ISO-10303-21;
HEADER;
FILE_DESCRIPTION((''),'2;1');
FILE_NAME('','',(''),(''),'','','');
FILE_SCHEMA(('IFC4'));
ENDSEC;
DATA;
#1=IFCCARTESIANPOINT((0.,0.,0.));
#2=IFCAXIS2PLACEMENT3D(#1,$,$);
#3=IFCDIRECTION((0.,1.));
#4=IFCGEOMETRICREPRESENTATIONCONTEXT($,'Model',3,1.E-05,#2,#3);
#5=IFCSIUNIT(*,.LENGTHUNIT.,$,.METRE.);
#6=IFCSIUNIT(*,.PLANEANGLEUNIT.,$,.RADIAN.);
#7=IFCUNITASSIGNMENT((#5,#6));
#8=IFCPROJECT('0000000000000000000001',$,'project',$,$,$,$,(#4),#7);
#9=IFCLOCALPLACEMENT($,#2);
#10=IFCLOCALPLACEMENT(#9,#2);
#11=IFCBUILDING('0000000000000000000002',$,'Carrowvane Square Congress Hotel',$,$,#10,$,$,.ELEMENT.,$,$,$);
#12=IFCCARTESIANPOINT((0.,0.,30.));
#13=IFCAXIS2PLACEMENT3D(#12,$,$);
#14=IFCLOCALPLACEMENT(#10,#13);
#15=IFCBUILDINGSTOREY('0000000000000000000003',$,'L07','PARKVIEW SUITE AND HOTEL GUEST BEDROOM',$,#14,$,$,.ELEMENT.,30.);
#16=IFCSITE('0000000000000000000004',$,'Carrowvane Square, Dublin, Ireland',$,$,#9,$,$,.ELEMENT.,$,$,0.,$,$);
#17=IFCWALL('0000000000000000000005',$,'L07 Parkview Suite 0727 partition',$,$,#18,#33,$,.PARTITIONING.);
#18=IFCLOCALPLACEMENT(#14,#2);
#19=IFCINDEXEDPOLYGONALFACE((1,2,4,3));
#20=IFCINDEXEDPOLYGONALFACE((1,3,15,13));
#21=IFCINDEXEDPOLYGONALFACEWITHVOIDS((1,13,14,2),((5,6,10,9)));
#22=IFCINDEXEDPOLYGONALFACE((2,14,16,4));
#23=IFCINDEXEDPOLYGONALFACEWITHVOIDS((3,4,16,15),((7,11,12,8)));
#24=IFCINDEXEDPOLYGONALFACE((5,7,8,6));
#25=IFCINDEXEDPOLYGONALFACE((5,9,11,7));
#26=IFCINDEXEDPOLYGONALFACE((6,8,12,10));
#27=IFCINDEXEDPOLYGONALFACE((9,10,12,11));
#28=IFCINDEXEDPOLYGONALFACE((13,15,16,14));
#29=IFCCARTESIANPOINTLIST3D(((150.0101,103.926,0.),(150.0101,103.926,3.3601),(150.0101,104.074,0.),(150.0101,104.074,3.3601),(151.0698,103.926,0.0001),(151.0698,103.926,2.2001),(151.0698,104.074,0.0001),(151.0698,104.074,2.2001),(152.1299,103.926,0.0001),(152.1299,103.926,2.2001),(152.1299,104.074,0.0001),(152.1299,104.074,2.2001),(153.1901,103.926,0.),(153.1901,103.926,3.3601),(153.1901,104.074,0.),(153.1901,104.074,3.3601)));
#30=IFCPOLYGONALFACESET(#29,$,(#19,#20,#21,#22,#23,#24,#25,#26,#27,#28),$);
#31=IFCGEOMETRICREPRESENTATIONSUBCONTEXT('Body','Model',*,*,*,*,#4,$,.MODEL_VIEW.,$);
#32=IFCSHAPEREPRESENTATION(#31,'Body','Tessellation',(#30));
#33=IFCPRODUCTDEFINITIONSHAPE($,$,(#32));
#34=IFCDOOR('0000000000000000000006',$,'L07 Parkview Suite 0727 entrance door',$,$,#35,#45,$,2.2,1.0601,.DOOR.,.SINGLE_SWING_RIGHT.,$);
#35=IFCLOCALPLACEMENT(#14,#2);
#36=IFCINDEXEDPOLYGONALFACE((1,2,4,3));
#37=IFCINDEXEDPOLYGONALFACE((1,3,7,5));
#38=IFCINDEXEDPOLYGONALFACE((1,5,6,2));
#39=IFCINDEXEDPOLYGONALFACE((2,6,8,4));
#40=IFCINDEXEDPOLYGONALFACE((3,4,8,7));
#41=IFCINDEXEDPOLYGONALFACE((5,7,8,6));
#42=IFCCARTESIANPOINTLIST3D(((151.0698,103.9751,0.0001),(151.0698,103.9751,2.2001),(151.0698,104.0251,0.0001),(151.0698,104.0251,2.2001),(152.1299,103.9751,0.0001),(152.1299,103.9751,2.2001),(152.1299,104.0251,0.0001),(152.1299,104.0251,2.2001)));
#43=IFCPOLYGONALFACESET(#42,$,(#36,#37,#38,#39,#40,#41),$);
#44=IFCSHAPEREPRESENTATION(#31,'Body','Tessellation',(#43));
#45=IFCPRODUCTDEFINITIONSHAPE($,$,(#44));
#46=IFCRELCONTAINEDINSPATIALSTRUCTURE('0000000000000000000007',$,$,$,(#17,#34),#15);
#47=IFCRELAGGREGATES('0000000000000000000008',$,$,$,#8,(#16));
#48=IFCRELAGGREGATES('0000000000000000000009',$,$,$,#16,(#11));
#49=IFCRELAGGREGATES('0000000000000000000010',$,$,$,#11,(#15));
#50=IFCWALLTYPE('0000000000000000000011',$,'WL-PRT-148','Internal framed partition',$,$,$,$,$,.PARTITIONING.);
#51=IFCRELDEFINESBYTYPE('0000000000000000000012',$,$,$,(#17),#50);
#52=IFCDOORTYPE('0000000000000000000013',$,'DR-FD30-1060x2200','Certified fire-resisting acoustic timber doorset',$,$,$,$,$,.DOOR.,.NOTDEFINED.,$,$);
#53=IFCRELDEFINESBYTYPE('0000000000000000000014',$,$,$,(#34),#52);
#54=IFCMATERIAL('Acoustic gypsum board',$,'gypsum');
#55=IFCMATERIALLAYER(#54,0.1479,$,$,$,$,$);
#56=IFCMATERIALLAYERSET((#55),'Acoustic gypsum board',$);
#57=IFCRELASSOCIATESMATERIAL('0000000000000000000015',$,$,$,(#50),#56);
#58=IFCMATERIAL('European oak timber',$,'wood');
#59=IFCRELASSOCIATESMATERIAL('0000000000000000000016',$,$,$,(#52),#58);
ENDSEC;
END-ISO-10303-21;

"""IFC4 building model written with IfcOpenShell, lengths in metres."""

from ifc_helpers import new_model, si_unit, direction, frame, frame_2d, origin, place, context, subcontext, project, spatial, rectangle, extrude, material, layer, layer_set, type_object, element, fill, save


model = new_model("IFC4")

# Units and contexts
model_context = context("Model", 3, precision=1e-05, world=origin(), true_north=direction((0.0, 1.0)))
body_context = subcontext(model_context, "Body", "Model", "MODEL_VIEW")
ifc_project = project(units=[si_unit("LENGTHUNIT", "METRE"), si_unit("PLANEANGLEUNIT", "RADIAN")], contexts=[model_context])

# Site, building, storey
site_placement = place(None, origin())
site = spatial("IfcSite", under=ifc_project, at=site_placement, Name="Carrowvane Square, Dublin, Ireland", CompositionType="ELEMENT", RefElevation=0.0)
building_placement = place(site_placement, origin())
building = spatial("IfcBuilding", under=site, at=building_placement, Name="Carrowvane Square Congress Hotel", CompositionType="ELEMENT")
storey_placement = place(building_placement, frame((0.0, 0.0, 30.0)))
storey = spatial("IfcBuildingStorey", under=building, at=storey_placement, Name="L07", Description="PARKVIEW SUITE AND HOTEL GUEST BEDROOM", CompositionType="ELEMENT", Elevation=30.0)

# Wall, opening, door
ifc_material_1 = material(Name="Acoustic gypsum board", Category="gypsum")
ifc_layer_1 = layer(ifc_material_1, 0.1479)
ifc_layer_set_1 = layer_set([ifc_layer_1], Name="Acoustic gypsum board")
wall_type_1 = type_object("IfcWallType", Name="WL-PRT-148", Description="Internal framed partition", PredefinedType="PARTITIONING", material=ifc_layer_set_1)
wall_1_placement = place(storey_placement, frame((153.1899, 104.0, 0.0), z_axis=(0.0, 0.0, 1.0), x_axis=(-1.0, 0.0, 0.0)))
wall_1 = element("IfcWall", 1, at=wall_1_placement, inside=storey, type_object=wall_type_1, Name="L07 Parkview Suite 0727 partition", PredefinedType="PARTITIONING", context=body_context, shape_type="SweptSolid", body=[
    extrude(rectangle(XDim=3.1799, YDim=0.1479, at=frame_2d((1.5898, 0.0))), origin(), (0.0, 0.0, 1.0), 3.3601),
])
opening_1_placement = place(wall_1_placement, frame((1.0601, 0.0, 0.0)))
opening_1 = element("IfcOpeningElement", 2, at=opening_1_placement, cuts=wall_1, PredefinedType="OPENING", context=body_context, shape_type="SweptSolid", body=[
    extrude(rectangle(XDim=1.0601, YDim=2.2, at=frame_2d((0.53, 1.1001))), frame((0.0, 0.084, 0.0), z_axis=(0.0, -1.0, 0.0), x_axis=(1.0, 0.0, 0.0)), (0.0, 0.0, 1.0), 0.168),
])
ifc_material_2 = material(Name="European oak timber", Category="wood")
door_type_1 = type_object("IfcDoorType", Name="DR-FD30-1060x2200", Description="Certified fire-resisting acoustic timber doorset", OperationType="NOTDEFINED", PredefinedType="DOOR", material=ifc_material_2)
door_1_placement = place(opening_1_placement, origin())
door_1 = element("IfcDoor", 3, at=door_1_placement, inside=storey, type_object=door_type_1, Name="L07 Parkview Suite 0727 entrance door", OperationType="SINGLE_SWING_RIGHT", OverallHeight=2.2, OverallWidth=1.0601, PredefinedType="DOOR", context=body_context, shape_type="SweptSolid", body=[
    extrude(rectangle(XDim=1.0601, YDim=2.2, at=frame_2d((0.53, 1.1001))), frame((0.0, 0.0249, 0.0), z_axis=(0.0, -1.0, 0.0), x_axis=(1.0, 0.0, 0.0)), (0.0, 0.0, 1.0), 0.05),
])
fill(opening_1, door_1)

save(model, "model.ifc")
